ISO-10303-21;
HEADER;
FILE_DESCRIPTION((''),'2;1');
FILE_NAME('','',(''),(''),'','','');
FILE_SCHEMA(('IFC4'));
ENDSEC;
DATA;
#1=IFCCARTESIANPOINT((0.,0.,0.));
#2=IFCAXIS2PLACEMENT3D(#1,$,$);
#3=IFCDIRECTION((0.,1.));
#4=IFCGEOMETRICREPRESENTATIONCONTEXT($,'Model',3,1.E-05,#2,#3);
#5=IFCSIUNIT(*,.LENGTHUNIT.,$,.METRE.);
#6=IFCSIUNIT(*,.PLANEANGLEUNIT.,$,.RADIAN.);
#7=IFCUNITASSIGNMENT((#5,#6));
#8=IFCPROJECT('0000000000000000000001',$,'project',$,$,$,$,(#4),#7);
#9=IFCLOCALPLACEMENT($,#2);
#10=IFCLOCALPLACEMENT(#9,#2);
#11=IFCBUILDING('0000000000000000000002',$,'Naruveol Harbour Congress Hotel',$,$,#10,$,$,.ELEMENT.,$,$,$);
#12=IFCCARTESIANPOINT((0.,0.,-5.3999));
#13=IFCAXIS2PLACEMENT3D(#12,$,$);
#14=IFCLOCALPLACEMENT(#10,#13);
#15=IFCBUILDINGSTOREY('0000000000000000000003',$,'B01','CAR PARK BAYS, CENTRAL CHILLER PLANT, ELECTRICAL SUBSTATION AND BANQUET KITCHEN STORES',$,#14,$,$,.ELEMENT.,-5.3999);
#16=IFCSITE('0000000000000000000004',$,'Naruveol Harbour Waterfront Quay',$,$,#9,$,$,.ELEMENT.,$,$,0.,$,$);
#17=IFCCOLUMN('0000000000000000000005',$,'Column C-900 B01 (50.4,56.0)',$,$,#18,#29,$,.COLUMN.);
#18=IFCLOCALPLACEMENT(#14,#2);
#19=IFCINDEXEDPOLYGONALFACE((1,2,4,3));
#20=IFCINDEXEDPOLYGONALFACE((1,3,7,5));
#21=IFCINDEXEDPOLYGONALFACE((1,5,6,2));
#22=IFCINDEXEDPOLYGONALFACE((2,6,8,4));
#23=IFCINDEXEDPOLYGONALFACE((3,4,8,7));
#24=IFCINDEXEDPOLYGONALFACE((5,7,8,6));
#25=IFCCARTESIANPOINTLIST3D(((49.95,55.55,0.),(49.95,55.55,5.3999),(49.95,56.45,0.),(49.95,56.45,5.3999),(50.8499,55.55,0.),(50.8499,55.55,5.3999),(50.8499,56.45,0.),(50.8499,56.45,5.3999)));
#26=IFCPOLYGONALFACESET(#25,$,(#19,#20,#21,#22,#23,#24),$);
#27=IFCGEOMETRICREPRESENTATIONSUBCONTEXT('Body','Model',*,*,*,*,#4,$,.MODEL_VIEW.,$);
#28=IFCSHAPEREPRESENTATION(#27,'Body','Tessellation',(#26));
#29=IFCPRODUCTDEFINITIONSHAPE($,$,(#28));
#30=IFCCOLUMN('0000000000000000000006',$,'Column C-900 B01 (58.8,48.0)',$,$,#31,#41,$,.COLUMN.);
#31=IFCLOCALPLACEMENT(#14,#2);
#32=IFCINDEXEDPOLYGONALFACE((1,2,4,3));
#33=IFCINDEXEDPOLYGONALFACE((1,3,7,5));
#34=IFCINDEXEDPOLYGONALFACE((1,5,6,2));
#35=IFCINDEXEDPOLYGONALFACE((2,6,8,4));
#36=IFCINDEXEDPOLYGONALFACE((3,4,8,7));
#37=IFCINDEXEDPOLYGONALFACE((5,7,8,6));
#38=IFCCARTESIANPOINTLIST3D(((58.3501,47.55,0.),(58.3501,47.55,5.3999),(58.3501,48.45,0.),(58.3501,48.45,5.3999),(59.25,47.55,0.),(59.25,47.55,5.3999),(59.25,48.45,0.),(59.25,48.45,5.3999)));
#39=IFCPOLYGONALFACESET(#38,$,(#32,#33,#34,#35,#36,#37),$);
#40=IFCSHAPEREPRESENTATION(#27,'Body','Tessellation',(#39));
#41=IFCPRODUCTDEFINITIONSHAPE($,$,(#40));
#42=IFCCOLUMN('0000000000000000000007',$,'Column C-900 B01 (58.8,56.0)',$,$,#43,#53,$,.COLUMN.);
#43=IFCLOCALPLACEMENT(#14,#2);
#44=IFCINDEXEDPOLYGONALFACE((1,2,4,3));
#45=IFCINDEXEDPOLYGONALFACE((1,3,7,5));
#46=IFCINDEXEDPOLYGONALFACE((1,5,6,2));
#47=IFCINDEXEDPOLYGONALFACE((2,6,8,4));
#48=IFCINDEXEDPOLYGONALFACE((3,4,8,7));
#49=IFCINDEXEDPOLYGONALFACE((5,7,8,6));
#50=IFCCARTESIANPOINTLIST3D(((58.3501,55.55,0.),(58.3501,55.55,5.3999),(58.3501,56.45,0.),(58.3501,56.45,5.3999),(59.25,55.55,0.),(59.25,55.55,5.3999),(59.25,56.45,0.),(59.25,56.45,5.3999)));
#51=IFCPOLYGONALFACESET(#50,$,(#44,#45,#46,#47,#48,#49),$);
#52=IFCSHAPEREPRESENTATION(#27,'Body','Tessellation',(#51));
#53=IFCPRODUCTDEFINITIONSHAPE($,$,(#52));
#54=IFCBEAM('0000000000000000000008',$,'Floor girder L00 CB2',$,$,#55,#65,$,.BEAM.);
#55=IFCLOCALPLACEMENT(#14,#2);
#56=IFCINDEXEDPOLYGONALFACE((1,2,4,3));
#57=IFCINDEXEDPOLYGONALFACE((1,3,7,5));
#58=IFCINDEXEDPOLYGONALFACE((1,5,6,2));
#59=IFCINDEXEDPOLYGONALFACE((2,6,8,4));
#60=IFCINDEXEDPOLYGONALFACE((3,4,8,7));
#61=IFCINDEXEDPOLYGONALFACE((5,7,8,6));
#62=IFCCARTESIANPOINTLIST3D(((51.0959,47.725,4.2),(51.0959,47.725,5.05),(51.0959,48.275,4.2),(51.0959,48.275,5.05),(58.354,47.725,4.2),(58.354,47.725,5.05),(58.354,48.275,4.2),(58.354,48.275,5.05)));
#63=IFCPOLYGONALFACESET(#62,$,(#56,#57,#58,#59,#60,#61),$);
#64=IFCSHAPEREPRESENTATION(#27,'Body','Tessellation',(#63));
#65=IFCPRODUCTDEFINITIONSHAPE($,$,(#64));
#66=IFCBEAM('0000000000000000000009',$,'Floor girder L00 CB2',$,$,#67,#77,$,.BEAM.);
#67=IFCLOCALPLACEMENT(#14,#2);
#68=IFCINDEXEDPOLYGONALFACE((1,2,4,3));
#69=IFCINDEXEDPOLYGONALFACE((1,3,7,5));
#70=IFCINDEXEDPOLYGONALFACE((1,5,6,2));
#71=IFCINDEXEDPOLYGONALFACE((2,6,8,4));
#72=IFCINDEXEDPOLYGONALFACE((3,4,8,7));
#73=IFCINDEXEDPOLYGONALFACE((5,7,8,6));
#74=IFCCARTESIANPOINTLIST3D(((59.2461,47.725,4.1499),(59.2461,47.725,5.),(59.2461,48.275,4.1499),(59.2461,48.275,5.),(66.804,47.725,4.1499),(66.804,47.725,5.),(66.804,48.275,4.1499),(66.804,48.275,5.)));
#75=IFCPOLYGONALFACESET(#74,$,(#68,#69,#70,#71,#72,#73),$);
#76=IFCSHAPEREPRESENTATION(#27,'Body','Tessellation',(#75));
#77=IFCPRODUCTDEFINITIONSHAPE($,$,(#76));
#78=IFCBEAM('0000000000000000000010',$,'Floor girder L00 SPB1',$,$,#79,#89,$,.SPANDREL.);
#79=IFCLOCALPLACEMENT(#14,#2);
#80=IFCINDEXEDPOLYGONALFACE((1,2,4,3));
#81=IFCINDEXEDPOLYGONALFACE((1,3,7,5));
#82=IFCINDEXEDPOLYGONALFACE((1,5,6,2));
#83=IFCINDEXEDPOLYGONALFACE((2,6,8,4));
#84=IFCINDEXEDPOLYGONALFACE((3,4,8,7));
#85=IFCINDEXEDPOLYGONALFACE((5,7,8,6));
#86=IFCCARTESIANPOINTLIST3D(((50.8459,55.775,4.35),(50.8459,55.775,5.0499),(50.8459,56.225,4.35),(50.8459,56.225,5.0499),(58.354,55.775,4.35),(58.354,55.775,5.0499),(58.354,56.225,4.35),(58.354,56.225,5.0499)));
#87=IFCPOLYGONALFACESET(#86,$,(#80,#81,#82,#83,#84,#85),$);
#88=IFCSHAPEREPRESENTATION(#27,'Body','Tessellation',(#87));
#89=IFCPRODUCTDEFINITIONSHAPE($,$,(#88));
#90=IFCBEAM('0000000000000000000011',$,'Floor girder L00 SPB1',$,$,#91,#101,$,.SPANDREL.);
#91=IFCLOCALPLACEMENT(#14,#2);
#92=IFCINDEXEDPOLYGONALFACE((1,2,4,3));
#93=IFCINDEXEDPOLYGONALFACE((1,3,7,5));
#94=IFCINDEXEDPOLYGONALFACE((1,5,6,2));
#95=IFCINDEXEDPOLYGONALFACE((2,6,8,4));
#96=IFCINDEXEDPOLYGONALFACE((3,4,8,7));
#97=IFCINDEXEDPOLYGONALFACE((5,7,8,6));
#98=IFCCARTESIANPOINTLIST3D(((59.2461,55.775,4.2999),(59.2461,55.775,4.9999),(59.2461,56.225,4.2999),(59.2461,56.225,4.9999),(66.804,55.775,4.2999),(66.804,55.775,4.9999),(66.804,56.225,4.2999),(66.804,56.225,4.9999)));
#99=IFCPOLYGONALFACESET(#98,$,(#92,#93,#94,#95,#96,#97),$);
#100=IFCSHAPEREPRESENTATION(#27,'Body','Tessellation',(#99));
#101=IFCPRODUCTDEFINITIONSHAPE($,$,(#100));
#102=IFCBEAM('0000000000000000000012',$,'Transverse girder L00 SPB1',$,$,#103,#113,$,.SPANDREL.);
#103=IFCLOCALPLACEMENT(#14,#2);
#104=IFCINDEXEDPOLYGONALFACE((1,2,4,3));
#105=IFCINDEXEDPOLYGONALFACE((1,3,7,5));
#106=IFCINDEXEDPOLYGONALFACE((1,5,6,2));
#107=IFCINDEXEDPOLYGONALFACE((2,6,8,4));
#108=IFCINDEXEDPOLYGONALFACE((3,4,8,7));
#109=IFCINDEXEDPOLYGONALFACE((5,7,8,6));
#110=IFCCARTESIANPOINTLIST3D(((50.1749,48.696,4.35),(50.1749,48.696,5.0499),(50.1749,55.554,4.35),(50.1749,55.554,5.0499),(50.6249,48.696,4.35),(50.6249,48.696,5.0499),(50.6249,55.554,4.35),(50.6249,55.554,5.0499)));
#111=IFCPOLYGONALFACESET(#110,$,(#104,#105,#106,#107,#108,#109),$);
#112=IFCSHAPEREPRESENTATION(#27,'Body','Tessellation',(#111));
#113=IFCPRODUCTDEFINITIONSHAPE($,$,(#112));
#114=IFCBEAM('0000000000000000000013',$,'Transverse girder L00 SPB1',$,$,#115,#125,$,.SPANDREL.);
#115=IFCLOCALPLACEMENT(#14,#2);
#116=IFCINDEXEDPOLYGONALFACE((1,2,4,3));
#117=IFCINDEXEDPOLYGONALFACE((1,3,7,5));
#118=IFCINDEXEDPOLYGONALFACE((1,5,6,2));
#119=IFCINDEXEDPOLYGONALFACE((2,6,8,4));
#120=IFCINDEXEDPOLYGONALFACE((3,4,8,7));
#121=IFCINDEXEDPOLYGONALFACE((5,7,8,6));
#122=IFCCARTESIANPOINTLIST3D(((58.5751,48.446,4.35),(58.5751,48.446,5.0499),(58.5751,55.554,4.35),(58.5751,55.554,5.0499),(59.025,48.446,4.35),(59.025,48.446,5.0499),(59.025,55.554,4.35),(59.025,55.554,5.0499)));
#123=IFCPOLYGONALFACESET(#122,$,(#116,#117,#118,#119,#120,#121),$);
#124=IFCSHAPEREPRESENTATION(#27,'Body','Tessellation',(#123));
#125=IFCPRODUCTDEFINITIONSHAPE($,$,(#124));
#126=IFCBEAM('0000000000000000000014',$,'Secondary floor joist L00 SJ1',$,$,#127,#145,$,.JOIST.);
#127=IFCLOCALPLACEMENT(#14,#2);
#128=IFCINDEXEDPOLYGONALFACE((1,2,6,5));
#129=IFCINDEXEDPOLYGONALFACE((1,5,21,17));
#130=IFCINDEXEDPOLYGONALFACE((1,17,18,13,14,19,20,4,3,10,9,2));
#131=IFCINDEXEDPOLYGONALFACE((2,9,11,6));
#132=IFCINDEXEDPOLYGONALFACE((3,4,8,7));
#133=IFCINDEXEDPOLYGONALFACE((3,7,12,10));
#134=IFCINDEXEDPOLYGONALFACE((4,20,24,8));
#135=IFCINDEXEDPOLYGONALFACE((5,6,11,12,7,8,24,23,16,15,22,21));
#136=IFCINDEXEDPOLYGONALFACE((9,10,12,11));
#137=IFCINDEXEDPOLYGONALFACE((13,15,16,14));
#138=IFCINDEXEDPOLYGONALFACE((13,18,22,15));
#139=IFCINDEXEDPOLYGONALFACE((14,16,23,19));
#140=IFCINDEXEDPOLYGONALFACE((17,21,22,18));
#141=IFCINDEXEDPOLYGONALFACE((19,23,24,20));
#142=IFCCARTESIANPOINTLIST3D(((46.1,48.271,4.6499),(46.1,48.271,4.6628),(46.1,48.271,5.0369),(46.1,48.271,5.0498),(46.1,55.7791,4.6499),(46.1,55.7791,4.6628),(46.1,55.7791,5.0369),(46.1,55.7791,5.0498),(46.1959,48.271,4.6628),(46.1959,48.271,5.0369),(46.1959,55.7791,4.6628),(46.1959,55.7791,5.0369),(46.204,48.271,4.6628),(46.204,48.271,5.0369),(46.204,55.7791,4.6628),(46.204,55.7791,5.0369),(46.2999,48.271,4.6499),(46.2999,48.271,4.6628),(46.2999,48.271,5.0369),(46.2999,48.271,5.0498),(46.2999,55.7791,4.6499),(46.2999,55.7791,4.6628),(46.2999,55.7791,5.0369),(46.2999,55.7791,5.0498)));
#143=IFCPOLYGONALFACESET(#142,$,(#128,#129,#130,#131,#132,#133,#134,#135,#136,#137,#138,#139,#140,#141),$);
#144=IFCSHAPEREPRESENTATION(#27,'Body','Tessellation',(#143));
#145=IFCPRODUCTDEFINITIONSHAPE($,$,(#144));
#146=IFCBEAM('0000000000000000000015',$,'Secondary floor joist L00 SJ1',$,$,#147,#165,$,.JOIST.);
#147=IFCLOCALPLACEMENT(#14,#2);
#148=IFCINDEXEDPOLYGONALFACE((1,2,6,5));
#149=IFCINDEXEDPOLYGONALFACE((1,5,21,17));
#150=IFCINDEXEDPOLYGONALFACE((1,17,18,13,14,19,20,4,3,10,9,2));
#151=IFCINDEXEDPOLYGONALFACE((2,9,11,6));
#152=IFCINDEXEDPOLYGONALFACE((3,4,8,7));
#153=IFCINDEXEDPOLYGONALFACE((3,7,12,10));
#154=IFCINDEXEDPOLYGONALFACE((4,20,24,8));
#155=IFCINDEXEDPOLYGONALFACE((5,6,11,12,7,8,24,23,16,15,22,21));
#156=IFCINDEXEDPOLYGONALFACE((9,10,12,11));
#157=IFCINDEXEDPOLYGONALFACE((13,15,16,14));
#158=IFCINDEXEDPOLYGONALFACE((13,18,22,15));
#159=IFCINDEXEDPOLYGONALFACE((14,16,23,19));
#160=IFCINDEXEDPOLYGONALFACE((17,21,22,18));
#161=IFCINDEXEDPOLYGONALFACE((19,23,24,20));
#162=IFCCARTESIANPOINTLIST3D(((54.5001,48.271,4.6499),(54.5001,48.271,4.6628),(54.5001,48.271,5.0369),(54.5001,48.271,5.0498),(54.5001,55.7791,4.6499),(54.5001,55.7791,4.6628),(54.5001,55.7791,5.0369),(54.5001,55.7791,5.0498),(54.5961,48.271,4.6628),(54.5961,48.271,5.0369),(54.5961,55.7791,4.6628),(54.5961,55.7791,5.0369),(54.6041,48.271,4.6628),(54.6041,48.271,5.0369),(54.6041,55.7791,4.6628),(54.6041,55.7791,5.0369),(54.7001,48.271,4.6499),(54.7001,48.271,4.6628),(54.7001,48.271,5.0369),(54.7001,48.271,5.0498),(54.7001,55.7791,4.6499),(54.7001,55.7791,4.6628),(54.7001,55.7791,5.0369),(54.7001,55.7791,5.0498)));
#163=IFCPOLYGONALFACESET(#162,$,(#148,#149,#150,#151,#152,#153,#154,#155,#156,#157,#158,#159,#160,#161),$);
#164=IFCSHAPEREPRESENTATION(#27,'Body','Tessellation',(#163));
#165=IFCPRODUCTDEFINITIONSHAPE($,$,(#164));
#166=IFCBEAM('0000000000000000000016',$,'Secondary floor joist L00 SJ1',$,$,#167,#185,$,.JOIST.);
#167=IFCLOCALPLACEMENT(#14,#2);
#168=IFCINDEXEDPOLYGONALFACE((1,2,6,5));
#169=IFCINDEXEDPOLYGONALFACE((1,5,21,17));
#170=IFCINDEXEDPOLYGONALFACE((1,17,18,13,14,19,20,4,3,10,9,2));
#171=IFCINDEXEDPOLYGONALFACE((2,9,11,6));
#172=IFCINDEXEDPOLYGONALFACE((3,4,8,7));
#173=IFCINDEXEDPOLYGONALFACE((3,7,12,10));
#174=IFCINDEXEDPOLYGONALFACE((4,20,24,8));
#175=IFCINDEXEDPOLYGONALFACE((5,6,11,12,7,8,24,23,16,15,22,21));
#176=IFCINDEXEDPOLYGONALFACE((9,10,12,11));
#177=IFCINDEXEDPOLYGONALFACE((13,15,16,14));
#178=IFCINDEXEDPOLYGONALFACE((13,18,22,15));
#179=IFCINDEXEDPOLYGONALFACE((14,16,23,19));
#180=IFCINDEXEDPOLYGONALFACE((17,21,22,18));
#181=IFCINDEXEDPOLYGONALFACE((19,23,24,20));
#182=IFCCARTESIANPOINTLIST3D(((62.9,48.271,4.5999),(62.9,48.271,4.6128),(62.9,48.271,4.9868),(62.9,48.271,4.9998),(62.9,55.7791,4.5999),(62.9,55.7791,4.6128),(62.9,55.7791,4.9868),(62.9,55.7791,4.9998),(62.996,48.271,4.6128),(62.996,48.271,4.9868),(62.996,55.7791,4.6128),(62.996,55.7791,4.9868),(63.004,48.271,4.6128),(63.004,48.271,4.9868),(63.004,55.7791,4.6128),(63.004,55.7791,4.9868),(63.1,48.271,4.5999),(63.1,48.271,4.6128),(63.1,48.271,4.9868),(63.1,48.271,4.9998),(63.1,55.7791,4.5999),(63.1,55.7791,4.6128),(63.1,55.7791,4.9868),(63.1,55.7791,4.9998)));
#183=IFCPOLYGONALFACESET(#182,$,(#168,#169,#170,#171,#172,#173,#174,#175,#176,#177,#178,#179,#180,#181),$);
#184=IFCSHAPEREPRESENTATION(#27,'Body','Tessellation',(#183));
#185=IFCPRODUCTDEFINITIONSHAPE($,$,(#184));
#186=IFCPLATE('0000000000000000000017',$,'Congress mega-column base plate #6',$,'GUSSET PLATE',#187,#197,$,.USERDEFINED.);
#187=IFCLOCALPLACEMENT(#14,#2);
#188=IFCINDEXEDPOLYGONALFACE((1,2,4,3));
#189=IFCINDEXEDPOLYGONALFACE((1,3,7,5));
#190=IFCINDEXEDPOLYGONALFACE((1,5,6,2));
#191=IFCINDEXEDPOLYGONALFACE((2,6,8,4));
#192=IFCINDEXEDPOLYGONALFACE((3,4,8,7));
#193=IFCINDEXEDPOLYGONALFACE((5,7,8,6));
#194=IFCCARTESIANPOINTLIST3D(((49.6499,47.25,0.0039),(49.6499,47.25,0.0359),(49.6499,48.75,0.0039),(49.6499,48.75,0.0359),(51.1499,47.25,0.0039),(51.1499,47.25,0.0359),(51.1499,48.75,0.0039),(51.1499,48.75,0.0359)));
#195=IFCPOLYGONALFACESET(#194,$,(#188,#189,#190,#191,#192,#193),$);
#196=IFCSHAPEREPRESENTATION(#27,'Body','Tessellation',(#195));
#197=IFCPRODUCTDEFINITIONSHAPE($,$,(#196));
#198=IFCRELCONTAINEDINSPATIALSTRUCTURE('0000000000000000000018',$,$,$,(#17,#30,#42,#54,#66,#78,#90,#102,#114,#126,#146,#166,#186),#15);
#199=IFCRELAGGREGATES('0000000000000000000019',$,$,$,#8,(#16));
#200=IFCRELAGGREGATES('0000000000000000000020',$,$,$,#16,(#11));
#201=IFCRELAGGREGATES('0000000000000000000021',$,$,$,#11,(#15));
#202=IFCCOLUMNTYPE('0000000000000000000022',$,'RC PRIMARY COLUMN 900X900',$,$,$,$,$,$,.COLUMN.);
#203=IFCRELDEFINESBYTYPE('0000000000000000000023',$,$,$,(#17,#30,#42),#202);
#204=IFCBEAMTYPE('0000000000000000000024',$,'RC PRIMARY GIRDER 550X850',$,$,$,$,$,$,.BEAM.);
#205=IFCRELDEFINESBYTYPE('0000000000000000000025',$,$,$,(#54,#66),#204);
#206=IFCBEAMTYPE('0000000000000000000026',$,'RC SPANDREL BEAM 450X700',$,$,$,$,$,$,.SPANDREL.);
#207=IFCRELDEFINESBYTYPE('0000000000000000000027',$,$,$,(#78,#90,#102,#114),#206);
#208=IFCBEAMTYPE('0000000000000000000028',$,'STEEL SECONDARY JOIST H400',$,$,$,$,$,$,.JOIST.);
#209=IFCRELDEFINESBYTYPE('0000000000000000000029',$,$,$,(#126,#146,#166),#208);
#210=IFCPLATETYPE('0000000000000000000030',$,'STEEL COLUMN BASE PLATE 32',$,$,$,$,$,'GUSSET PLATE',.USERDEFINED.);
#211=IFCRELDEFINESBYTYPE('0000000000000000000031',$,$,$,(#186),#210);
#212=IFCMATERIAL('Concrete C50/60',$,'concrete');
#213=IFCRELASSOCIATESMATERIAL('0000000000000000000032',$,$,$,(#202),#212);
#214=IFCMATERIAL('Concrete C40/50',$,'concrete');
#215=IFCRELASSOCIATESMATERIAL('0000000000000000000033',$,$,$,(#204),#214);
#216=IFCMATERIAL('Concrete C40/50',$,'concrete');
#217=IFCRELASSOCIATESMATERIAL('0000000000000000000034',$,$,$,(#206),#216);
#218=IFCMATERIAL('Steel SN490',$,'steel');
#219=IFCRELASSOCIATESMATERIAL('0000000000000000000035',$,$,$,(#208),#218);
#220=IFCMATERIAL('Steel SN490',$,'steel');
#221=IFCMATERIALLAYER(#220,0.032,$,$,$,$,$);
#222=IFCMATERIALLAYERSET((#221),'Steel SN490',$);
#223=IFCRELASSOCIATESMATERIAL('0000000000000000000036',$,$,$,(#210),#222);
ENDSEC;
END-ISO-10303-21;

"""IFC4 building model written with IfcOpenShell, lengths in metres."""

from ifc_helpers import new_model, si_unit, direction, frame, origin, origin_2d, place, context, subcontext, project, spatial, rectangle, i_section, extrude, material, layer, layer_set, material_profile, profile_set, type_object, element, save


model = new_model("IFC4")

# Units and contexts
model_context = context("Model", 3, precision=1e-05, world=origin(), true_north=direction((0.0, 1.0)))
body_context = subcontext(model_context, "Body", "Model", "MODEL_VIEW")
ifc_project = project(units=[si_unit("LENGTHUNIT", "METRE"), si_unit("PLANEANGLEUNIT", "RADIAN")], contexts=[model_context])

# Site, building, storey
site_placement = place(None, origin())
site = spatial("IfcSite", under=ifc_project, at=site_placement, Name="Naruveol Harbour Waterfront Quay", CompositionType="ELEMENT", RefElevation=0.0)
building_placement = place(site_placement, origin())
building = spatial("IfcBuilding", under=site, at=building_placement, Name="Naruveol Harbour Congress Hotel", CompositionType="ELEMENT")
storey_placement = place(building_placement, frame((0.0, 0.0, -5.3999)))
storey = spatial("IfcBuildingStorey", under=building, at=storey_placement, Name="B01", Description="CAR PARK BAYS, CENTRAL CHILLER PLANT, ELECTRICAL SUBSTATION AND BANQUET KITCHEN STORES", CompositionType="ELEMENT", Elevation=-5.3999)

# Columns
ifc_material_1 = material(Name="Concrete C50/60", Category="concrete")
ifc_material_profile_1 = material_profile(ifc_material_1, rectangle(XDim=0.8999, YDim=0.8999, at=origin_2d()), Name="RC-900x900")
ifc_profile_set_1 = profile_set([ifc_material_profile_1], Name="Concrete C50/60")
column_type_1 = type_object("IfcColumnType", Name="RC PRIMARY COLUMN 900X900", PredefinedType="COLUMN", material=ifc_profile_set_1)
for number, where, z_axis, x_axis, name in (
    (1, (50.3999, 56.0, 0.0), (0.0, 0.0, 1.0), (1.0, 0.0, 0.0), "Column C-900 B01 (50.4,56.0)"),
    (2, (58.8, 48.0, 0.0), (0.0, 0.0, 1.0), (1.0, 0.0, 0.0), "Column C-900 B01 (58.8,48.0)"),
    (3, (58.8, 56.0, 0.0), (0.0, 0.0, 1.0), (1.0, 0.0, 0.0), "Column C-900 B01 (58.8,56.0)"),
):
    element("IfcColumn", number, at=place(storey_placement, frame(where, z_axis=z_axis, x_axis=x_axis)), inside=storey, type_object=column_type_1, Name=name, PredefinedType="COLUMN", context=body_context, shape_type="SweptSolid", body=[
        extrude(rectangle(XDim=0.8999, YDim=0.8999, at=origin_2d()), origin(), (0.0, 0.0, 1.0), 5.3999),
    ])

# Beams
ifc_material_2 = material(Name="Concrete C40/50", Category="concrete")
ifc_material_profile_2 = material_profile(ifc_material_2, rectangle(XDim=0.55, YDim=0.8501, at=origin_2d()), Name="RCB-550x850")
ifc_profile_set_2 = profile_set([ifc_material_profile_2], Name="Concrete C40/50")
beam_type_1 = type_object("IfcBeamType", Name="RC PRIMARY GIRDER 550X850", PredefinedType="BEAM", material=ifc_profile_set_2)
beam_1_placement = place(storey_placement, frame((51.0959, 48.0, 4.625), z_axis=(1.0, 0.0, 0.0), x_axis=(0.0, 1.0, 0.0)))
element("IfcBeam", 4, at=beam_1_placement, inside=storey, type_object=beam_type_1, Name="Floor girder L00 CB2", PredefinedType="BEAM", context=body_context, shape_type="SweptSolid", body=[
    extrude(rectangle(XDim=0.55, YDim=0.8501, at=origin_2d()), origin(), (0.0, 0.0, 1.0), 7.2581),
])
beam_2_placement = place(storey_placement, frame((59.2461, 48.0, 4.575), z_axis=(1.0, 0.0, 0.0), x_axis=(0.0, 1.0, 0.0)))
element("IfcBeam", 5, at=beam_2_placement, inside=storey, type_object=beam_type_1, Name="Floor girder L00 CB2", PredefinedType="BEAM", context=body_context, shape_type="SweptSolid", body=[
    extrude(rectangle(XDim=0.55, YDim=0.8501, at=origin_2d()), origin(), (0.0, 0.0, 1.0), 7.5579),
])
ifc_material_3 = material(Name="Concrete C40/50", Category="concrete")
ifc_material_profile_3 = material_profile(ifc_material_3, rectangle(XDim=0.45, YDim=0.7, at=origin_2d()), Name="RCB-450x700")
ifc_profile_set_3 = profile_set([ifc_material_profile_3], Name="Concrete C40/50")
beam_type_2 = type_object("IfcBeamType", Name="RC SPANDREL BEAM 450X700", PredefinedType="SPANDREL", material=ifc_profile_set_3)
beam_3_placement = place(storey_placement, frame((50.8459, 56.0, 4.7), z_axis=(1.0, 0.0, 0.0), x_axis=(0.0, 1.0, 0.0)))
element("IfcBeam", 6, at=beam_3_placement, inside=storey, type_object=beam_type_2, Name="Floor girder L00 SPB1", PredefinedType="SPANDREL", context=body_context, shape_type="SweptSolid", body=[
    extrude(rectangle(XDim=0.45, YDim=0.7, at=origin_2d()), origin(), (0.0, 0.0, 1.0), 7.5081),
])
beam_4_placement = place(storey_placement, frame((59.2461, 56.0, 4.6499), z_axis=(1.0, 0.0, 0.0), x_axis=(0.0, 1.0, 0.0)))
element("IfcBeam", 7, at=beam_4_placement, inside=storey, type_object=beam_type_2, Name="Floor girder L00 SPB1", PredefinedType="SPANDREL", context=body_context, shape_type="SweptSolid", body=[
    extrude(rectangle(XDim=0.45, YDim=0.7, at=origin_2d()), origin(), (0.0, 0.0, 1.0), 7.5579),
])
beam_5_placement = place(storey_placement, frame((50.3999, 48.696, 4.7), z_axis=(0.0, 1.0, 0.0), x_axis=(-1.0, 0.0, 0.0)))
element("IfcBeam", 8, at=beam_5_placement, inside=storey, type_object=beam_type_2, Name="Transverse girder L00 SPB1", PredefinedType="SPANDREL", context=body_context, shape_type="SweptSolid", body=[
    extrude(rectangle(XDim=0.45, YDim=0.7, at=origin_2d()), origin(), (0.0, 0.0, 1.0), 6.8579),
])
beam_6_placement = place(storey_placement, frame((58.8, 48.446, 4.7), z_axis=(0.0, 1.0, 0.0), x_axis=(-1.0, 0.0, 0.0)))
element("IfcBeam", 9, at=beam_6_placement, inside=storey, type_object=beam_type_2, Name="Transverse girder L00 SPB1", PredefinedType="SPANDREL", context=body_context, shape_type="SweptSolid", body=[
    extrude(rectangle(XDim=0.45, YDim=0.7, at=origin_2d()), origin(), (0.0, 0.0, 1.0), 7.1079),
])
ifc_material_4 = material(Name="Steel SN490", Category="steel")
ifc_material_profile_4 = material_profile(ifc_material_4, i_section(OverallWidth=0.2, OverallDepth=0.3999, WebThickness=0.0081, FlangeThickness=0.0129, at=origin_2d()), Name="H-400x200x8x13")
ifc_profile_set_4 = profile_set([ifc_material_profile_4], Name="Steel SN490")
beam_type_3 = type_object("IfcBeamType", Name="STEEL SECONDARY JOIST H400", PredefinedType="JOIST", material=ifc_profile_set_4)
for number, where, z_axis, x_axis, name in (
    (10, (46.2, 48.271, 4.8499), (0.0, 1.0, 0.0), (-1.0, 0.0, 0.0), "Secondary floor joist L00 SJ1"),
    (11, (54.6001, 48.271, 4.8499), (0.0, 1.0, 0.0), (-1.0, 0.0, 0.0), "Secondary floor joist L00 SJ1"),
    (12, (63.0, 48.271, 4.7998), (0.0, 1.0, 0.0), (-1.0, 0.0, 0.0), "Secondary floor joist L00 SJ1"),
):
    element("IfcBeam", number, at=place(storey_placement, frame(where, z_axis=z_axis, x_axis=x_axis)), inside=storey, type_object=beam_type_3, Name=name, PredefinedType="JOIST", context=body_context, shape_type="SweptSolid", body=[
        extrude(i_section(OverallWidth=0.2, OverallDepth=0.3999, WebThickness=0.0081, FlangeThickness=0.0129, at=origin_2d()), origin(), (0.0, 0.0, 1.0), 7.5081),
    ])

# Plate
ifc_material_5 = material(Name="Steel SN490", Category="steel")
ifc_layer = layer(ifc_material_5, 0.032)
ifc_layer_set = layer_set([ifc_layer], Name="Steel SN490")
plate_type = type_object("IfcPlateType", Name="STEEL COLUMN BASE PLATE 32", ElementType="GUSSET PLATE", PredefinedType="USERDEFINED", material=ifc_layer_set)
plate_placement = place(storey_placement, frame((50.3999, 48.0, 0.0039), z_axis=(0.0, 0.0, 1.0), x_axis=(1.0, 0.0, 0.0)))
element("IfcPlate", 13, at=plate_placement, inside=storey, type_object=plate_type, Name="Congress mega-column base plate #6", ObjectType="GUSSET PLATE", PredefinedType="USERDEFINED", context=body_context, shape_type="SweptSolid", body=[
    extrude(rectangle(XDim=1.5, YDim=1.5, at=origin_2d()), origin(), (0.0, 0.0, 1.0), 0.032),
])

save(model, "model.ifc")
